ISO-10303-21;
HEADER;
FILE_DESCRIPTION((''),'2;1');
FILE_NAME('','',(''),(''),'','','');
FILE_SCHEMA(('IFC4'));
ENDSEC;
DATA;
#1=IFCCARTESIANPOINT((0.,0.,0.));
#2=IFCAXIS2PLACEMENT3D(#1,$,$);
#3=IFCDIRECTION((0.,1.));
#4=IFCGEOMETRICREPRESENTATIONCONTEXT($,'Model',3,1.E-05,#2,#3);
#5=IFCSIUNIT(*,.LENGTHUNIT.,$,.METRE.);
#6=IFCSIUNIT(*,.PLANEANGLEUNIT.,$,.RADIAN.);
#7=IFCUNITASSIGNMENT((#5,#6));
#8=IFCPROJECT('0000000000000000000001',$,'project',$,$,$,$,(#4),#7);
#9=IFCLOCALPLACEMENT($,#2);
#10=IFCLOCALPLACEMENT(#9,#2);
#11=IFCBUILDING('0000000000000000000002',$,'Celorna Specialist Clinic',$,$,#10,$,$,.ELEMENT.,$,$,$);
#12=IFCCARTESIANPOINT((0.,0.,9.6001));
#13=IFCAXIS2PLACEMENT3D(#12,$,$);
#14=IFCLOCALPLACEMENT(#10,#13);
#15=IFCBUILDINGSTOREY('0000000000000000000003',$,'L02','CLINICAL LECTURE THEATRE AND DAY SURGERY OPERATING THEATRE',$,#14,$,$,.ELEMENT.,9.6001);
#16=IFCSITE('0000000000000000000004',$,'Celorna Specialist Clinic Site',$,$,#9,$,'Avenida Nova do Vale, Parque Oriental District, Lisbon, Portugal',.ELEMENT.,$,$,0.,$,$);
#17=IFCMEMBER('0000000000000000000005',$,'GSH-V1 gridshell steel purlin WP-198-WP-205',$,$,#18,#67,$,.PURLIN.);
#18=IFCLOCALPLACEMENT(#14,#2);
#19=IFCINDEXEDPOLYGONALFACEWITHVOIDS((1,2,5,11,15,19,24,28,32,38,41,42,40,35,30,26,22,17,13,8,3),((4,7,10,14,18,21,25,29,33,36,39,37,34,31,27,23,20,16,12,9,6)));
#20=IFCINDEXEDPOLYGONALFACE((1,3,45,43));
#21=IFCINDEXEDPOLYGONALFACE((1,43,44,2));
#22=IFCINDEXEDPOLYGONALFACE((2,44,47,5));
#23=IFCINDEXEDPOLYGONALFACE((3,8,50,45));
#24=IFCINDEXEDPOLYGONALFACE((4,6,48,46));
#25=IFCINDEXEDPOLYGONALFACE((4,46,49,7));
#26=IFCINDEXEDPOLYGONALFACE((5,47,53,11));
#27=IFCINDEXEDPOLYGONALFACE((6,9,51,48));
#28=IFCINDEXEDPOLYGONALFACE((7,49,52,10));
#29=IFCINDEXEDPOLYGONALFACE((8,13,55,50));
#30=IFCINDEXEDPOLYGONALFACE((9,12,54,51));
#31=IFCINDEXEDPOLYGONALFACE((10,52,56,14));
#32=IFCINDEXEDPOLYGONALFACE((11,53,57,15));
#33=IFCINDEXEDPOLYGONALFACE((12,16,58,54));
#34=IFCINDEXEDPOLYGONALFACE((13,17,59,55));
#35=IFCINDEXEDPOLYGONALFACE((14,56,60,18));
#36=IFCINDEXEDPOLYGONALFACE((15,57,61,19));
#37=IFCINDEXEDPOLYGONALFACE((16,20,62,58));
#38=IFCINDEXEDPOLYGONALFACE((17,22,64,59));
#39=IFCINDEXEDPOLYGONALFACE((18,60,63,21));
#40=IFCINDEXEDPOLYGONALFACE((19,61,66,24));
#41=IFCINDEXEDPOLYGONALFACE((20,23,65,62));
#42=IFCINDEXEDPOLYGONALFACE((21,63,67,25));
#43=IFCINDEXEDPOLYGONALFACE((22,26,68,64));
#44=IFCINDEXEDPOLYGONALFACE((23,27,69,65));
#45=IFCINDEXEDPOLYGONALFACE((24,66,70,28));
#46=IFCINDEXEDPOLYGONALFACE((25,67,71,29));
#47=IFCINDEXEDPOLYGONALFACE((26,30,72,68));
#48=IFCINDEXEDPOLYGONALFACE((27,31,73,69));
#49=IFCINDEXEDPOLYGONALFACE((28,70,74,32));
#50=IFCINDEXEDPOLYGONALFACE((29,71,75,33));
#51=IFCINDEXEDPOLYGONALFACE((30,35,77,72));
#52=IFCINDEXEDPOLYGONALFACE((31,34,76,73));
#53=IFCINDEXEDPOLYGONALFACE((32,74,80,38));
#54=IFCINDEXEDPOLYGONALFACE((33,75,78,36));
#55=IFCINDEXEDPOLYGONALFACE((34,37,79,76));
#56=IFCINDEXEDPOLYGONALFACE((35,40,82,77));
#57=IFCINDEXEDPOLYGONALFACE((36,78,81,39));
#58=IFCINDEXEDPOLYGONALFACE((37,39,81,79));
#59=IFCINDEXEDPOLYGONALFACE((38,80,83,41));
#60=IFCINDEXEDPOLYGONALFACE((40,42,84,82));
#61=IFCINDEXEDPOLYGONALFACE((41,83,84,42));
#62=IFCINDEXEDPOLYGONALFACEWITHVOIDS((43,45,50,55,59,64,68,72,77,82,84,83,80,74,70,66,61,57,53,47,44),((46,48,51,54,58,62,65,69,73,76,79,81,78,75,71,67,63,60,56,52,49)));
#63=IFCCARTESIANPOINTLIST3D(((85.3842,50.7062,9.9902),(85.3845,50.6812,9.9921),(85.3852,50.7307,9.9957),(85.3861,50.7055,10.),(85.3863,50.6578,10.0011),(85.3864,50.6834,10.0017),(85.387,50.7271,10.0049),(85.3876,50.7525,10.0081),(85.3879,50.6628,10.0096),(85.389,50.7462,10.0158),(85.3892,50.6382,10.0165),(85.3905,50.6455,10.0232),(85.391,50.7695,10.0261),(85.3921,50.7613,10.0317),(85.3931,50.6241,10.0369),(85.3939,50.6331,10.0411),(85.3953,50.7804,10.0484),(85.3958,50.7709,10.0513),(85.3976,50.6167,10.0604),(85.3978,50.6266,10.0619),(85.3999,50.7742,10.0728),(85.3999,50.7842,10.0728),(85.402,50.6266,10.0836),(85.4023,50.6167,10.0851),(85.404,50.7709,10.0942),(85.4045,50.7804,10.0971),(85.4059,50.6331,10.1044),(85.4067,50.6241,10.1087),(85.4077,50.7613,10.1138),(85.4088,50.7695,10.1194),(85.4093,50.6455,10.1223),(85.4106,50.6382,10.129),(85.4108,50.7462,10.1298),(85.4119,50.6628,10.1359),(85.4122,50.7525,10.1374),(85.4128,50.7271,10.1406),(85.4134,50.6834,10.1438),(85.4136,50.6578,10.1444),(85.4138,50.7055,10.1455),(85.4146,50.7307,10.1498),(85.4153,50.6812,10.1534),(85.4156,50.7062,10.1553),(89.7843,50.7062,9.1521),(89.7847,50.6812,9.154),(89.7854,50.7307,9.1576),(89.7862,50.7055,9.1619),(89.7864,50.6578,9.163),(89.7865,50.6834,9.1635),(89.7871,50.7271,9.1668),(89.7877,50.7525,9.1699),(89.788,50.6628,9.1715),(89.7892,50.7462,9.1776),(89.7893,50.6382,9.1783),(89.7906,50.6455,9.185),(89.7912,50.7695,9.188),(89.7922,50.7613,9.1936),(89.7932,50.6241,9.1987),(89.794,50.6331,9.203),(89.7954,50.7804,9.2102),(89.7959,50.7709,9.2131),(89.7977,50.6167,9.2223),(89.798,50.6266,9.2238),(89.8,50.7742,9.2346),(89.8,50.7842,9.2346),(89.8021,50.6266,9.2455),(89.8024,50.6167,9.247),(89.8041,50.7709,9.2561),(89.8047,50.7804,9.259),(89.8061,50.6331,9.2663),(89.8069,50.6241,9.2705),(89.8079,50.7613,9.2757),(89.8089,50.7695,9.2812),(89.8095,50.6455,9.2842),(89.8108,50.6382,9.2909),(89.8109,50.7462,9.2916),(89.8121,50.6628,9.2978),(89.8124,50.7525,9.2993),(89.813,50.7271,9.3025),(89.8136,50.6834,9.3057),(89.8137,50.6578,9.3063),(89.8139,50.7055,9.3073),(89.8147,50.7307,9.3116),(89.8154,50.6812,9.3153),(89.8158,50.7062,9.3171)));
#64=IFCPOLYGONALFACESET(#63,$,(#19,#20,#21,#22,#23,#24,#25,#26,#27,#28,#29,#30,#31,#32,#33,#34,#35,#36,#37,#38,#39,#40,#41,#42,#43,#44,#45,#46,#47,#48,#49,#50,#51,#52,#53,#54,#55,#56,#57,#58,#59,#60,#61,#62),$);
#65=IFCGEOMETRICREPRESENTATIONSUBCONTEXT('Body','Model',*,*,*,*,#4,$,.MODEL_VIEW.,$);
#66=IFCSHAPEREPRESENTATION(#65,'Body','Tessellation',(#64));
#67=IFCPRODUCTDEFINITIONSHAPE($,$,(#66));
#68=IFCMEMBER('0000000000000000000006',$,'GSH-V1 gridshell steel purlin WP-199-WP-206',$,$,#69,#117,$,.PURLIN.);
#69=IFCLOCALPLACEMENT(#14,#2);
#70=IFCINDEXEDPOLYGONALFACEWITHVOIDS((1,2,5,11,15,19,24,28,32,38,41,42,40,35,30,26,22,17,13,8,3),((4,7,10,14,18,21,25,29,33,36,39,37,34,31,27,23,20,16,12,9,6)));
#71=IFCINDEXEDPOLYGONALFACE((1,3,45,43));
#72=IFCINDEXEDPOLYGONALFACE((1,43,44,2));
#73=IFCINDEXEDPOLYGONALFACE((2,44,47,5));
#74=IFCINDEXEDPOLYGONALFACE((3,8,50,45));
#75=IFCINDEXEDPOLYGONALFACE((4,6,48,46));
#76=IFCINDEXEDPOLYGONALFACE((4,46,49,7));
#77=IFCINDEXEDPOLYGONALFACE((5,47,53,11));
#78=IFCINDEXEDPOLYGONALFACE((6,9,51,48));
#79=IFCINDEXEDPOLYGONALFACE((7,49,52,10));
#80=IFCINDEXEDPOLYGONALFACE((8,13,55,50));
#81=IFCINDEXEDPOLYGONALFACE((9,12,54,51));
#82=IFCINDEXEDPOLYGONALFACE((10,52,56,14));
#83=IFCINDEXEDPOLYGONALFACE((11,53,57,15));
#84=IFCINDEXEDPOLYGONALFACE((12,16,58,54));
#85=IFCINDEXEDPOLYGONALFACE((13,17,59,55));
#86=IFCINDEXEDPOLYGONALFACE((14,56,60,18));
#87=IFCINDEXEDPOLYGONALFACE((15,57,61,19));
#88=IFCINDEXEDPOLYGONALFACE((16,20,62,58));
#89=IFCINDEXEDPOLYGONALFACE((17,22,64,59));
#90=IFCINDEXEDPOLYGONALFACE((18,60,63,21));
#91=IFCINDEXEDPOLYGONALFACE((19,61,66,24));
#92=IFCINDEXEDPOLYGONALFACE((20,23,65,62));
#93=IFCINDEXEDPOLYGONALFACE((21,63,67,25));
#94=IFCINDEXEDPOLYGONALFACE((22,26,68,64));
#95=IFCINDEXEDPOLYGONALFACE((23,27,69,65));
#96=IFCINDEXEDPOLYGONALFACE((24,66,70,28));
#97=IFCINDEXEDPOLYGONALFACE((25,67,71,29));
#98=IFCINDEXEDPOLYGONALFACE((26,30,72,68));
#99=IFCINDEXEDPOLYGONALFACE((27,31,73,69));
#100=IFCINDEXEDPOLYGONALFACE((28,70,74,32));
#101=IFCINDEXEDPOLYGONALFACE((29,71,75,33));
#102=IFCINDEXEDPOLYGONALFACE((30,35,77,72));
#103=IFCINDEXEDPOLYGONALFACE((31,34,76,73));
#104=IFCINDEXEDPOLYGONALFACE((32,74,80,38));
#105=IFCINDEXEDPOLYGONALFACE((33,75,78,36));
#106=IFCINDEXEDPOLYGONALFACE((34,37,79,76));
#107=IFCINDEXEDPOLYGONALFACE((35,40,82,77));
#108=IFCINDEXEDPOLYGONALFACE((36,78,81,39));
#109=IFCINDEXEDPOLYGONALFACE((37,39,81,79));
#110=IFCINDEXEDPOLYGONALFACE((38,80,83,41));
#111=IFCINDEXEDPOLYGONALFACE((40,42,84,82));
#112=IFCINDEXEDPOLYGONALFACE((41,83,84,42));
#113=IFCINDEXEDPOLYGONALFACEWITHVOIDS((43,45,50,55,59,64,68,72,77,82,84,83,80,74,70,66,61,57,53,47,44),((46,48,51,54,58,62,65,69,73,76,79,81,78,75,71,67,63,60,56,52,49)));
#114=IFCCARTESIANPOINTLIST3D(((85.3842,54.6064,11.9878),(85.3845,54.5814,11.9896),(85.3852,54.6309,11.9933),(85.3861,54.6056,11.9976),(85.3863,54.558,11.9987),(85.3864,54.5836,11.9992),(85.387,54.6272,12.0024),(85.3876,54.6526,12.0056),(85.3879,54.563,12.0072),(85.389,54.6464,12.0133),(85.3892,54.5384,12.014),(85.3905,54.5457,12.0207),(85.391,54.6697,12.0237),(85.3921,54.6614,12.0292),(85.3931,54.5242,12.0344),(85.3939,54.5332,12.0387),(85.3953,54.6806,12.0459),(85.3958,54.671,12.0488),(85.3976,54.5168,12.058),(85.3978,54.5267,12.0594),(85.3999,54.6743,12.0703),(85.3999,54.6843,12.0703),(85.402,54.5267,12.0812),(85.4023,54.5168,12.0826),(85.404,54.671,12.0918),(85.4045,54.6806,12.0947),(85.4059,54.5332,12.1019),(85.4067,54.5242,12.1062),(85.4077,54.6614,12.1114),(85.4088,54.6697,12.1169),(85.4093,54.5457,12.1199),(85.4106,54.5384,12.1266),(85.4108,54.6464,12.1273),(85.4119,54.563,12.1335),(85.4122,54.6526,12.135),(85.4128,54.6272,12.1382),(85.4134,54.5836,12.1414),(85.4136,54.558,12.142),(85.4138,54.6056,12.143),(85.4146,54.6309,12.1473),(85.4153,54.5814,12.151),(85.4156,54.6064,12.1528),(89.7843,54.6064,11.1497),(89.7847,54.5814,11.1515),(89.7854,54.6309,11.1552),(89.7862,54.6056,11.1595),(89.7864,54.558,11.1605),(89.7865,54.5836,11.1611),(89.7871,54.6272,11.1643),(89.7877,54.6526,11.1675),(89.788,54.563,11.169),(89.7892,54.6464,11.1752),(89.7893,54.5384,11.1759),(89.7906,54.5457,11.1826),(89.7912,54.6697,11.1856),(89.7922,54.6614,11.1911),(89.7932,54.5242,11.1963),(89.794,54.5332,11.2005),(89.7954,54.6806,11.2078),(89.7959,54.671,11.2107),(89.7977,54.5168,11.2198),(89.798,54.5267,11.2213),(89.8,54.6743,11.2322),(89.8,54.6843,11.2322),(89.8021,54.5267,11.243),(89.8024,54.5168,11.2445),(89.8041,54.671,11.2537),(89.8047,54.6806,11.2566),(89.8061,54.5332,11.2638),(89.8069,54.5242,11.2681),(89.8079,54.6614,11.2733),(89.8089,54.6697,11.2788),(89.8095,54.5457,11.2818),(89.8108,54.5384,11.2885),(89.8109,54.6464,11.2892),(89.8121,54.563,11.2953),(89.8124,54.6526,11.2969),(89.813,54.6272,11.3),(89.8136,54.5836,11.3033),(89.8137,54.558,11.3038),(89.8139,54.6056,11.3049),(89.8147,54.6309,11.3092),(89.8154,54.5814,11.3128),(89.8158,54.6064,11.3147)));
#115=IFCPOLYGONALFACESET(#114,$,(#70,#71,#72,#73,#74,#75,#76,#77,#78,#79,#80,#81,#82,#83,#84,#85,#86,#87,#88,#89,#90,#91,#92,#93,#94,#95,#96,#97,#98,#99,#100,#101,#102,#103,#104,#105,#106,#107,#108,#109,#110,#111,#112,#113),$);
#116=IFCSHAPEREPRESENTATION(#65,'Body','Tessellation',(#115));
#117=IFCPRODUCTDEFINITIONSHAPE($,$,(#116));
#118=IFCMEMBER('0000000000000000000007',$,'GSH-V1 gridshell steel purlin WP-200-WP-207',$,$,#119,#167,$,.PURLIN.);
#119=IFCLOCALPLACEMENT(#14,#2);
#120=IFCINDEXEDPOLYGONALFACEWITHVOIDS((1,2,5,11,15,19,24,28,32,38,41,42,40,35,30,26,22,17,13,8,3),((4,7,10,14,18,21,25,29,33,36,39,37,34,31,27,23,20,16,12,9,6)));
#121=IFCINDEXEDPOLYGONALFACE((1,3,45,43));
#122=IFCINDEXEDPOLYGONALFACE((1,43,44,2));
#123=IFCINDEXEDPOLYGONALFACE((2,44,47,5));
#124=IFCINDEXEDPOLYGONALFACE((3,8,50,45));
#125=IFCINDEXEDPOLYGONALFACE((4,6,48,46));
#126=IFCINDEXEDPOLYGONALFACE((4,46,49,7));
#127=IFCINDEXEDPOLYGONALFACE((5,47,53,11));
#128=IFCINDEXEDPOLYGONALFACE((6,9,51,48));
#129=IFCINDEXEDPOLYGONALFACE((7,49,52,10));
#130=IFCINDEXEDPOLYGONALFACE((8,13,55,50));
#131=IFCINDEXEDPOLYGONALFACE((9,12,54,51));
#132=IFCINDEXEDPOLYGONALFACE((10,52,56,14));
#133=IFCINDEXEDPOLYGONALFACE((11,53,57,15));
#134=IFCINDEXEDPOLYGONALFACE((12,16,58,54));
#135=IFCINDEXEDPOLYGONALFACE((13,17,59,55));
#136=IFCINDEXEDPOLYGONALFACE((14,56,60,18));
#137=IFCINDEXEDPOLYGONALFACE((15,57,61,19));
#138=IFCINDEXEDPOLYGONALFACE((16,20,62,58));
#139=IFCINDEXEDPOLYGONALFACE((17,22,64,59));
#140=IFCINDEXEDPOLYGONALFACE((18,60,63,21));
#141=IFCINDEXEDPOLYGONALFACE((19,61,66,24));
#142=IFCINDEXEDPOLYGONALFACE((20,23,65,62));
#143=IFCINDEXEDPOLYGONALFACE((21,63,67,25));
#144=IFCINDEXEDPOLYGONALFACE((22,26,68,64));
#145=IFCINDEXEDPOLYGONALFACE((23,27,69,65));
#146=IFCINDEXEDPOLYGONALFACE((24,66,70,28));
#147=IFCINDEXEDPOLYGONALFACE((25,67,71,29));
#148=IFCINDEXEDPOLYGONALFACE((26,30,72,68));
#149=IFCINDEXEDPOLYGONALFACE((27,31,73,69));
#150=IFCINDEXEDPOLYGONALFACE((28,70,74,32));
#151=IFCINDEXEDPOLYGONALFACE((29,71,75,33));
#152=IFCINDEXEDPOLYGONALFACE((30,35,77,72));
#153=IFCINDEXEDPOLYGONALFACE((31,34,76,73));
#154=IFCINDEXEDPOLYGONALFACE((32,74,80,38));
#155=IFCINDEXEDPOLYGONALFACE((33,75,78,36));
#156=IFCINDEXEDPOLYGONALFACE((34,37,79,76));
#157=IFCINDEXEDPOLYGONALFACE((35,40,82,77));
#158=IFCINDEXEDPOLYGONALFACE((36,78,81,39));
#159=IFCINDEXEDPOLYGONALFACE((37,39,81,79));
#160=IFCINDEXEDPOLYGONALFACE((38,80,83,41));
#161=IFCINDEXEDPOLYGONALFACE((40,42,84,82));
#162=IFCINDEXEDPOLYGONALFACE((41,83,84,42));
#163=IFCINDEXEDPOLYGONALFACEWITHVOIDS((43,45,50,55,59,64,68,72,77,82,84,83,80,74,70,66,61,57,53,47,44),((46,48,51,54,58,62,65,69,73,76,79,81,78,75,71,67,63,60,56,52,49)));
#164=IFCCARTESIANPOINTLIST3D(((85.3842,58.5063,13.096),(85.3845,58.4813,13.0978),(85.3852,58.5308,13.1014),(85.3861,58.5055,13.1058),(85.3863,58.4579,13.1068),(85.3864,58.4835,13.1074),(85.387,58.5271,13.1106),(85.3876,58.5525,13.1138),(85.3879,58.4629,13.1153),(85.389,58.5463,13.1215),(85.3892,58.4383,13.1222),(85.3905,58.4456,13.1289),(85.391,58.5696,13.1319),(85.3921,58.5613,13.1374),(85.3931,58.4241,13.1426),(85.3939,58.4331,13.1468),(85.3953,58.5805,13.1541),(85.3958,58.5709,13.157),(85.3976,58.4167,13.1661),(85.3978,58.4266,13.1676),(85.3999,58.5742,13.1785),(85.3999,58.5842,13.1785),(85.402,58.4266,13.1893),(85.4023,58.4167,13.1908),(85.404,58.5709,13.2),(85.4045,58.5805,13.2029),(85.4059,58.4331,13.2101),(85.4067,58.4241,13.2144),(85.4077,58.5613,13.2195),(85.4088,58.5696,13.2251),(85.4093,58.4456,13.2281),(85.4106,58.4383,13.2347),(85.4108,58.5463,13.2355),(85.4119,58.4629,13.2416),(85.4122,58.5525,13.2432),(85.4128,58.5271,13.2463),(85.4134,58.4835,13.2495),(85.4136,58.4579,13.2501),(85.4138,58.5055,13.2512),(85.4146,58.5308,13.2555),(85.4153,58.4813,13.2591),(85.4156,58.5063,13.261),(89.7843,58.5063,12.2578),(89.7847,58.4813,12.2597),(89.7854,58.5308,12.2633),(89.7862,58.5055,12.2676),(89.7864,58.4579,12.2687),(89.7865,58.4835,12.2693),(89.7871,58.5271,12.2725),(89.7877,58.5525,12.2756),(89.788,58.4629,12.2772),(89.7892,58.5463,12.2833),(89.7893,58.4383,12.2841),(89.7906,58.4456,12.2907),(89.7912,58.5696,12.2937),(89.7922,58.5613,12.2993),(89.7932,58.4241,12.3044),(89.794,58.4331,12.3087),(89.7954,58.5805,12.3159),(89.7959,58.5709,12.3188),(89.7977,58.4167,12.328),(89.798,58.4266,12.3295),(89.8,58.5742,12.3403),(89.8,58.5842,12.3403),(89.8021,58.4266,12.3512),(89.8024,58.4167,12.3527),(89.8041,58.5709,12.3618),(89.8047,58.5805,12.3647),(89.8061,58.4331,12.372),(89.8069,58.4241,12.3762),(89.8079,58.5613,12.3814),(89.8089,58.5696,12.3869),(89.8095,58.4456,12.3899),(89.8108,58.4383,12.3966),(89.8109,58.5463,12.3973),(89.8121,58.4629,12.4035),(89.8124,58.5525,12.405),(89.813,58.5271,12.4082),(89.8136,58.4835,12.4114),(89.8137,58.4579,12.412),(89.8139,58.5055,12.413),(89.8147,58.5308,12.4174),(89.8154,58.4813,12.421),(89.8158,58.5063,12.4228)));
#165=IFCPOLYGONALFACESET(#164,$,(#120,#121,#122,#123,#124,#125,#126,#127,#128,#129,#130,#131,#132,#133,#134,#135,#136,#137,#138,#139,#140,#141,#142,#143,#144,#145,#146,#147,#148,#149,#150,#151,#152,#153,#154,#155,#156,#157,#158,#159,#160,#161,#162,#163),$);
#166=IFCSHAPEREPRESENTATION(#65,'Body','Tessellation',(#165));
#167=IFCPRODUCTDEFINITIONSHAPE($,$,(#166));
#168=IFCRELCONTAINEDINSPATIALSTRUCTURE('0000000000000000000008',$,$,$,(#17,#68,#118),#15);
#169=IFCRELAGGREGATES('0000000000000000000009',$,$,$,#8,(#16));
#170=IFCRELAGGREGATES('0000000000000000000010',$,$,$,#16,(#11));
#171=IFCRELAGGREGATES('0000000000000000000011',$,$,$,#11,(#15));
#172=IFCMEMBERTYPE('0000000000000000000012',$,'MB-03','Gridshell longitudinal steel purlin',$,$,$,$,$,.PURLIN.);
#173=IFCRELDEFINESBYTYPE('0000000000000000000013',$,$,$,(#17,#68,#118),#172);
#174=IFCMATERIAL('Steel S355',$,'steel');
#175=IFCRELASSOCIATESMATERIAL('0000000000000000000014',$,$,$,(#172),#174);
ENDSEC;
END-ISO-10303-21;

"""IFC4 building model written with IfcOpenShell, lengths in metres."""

from ifc_helpers import new_model, si_unit, direction, frame, origin, origin_2d, place, context, subcontext, project, spatial, hollow_circle, extrude, material, material_profile, profile_set, type_object, element, save


model = new_model("IFC4")

# Units and contexts
model_context = context("Model", 3, precision=1e-05, world=origin(), true_north=direction((0.0, 1.0)))
body_context = subcontext(model_context, "Body", "Model", "MODEL_VIEW")
ifc_project = project(units=[si_unit("LENGTHUNIT", "METRE"), si_unit("PLANEANGLEUNIT", "RADIAN")], contexts=[model_context])

# Site, building, storey
site_placement = place(None, origin())
site = spatial("IfcSite", under=ifc_project, at=site_placement, Name="Celorna Specialist Clinic Site", LongName="Avenida Nova do Vale, Parque Oriental District, Lisbon, Portugal", CompositionType="ELEMENT", RefElevation=0.0)
building_placement = place(site_placement, origin())
building = spatial("IfcBuilding", under=site, at=building_placement, Name="Celorna Specialist Clinic", CompositionType="ELEMENT")
storey_placement = place(building_placement, frame((0.0, 0.0, 9.6001)))
storey = spatial("IfcBuildingStorey", under=building, at=storey_placement, Name="L02", Description="CLINICAL LECTURE THEATRE AND DAY SURGERY OPERATING THEATRE", CompositionType="ELEMENT", Elevation=9.6001)

# Shared definitions
ifc_material_1 = material(Name="Steel S355", Category="steel")

# Members
ifc_material_profile_1 = material_profile(ifc_material_1, hollow_circle(Radius=0.0842, WallThickness=0.01, at=origin_2d()), Name="CHS 168.3x10")
ifc_profile_set_1 = profile_set([ifc_material_profile_1], Name="Steel S355")
member_type_1 = type_object("IfcMemberType", Name="MB-03", Description="Gridshell longitudinal steel purlin", PredefinedType="PURLIN", material=ifc_profile_set_1)
for number, where, z_axis, x_axis, name in (
    (1, (85.3999, 50.7, 10.0728), (0.982338, 0.0, -0.187115), (0.0, 1.0, 0.0), "GSH-V1 gridshell steel purlin WP-198-WP-205"),
    (2, (85.3999, 54.6001, 12.0703), (0.982338, 0.0, -0.187115), (0.0, 1.0, 0.0), "GSH-V1 gridshell steel purlin WP-199-WP-206"),
    (3, (85.3999, 58.5, 13.1785), (0.982338, 0.0, -0.187115), (0.0, 1.0, 0.0), "GSH-V1 gridshell steel purlin WP-200-WP-207"),
):
    element("IfcMember", number, at=place(storey_placement, frame(where, z_axis=z_axis, x_axis=x_axis)), inside=storey, type_object=member_type_1, Name=name, PredefinedType="PURLIN", context=body_context, shape_type="SweptSolid", body=[
        extrude(hollow_circle(Radius=0.0842, WallThickness=0.01, at=origin_2d()), origin(), (0.0, 0.0, 1.0), 4.4792),
    ])

save(model, "model.ifc")
